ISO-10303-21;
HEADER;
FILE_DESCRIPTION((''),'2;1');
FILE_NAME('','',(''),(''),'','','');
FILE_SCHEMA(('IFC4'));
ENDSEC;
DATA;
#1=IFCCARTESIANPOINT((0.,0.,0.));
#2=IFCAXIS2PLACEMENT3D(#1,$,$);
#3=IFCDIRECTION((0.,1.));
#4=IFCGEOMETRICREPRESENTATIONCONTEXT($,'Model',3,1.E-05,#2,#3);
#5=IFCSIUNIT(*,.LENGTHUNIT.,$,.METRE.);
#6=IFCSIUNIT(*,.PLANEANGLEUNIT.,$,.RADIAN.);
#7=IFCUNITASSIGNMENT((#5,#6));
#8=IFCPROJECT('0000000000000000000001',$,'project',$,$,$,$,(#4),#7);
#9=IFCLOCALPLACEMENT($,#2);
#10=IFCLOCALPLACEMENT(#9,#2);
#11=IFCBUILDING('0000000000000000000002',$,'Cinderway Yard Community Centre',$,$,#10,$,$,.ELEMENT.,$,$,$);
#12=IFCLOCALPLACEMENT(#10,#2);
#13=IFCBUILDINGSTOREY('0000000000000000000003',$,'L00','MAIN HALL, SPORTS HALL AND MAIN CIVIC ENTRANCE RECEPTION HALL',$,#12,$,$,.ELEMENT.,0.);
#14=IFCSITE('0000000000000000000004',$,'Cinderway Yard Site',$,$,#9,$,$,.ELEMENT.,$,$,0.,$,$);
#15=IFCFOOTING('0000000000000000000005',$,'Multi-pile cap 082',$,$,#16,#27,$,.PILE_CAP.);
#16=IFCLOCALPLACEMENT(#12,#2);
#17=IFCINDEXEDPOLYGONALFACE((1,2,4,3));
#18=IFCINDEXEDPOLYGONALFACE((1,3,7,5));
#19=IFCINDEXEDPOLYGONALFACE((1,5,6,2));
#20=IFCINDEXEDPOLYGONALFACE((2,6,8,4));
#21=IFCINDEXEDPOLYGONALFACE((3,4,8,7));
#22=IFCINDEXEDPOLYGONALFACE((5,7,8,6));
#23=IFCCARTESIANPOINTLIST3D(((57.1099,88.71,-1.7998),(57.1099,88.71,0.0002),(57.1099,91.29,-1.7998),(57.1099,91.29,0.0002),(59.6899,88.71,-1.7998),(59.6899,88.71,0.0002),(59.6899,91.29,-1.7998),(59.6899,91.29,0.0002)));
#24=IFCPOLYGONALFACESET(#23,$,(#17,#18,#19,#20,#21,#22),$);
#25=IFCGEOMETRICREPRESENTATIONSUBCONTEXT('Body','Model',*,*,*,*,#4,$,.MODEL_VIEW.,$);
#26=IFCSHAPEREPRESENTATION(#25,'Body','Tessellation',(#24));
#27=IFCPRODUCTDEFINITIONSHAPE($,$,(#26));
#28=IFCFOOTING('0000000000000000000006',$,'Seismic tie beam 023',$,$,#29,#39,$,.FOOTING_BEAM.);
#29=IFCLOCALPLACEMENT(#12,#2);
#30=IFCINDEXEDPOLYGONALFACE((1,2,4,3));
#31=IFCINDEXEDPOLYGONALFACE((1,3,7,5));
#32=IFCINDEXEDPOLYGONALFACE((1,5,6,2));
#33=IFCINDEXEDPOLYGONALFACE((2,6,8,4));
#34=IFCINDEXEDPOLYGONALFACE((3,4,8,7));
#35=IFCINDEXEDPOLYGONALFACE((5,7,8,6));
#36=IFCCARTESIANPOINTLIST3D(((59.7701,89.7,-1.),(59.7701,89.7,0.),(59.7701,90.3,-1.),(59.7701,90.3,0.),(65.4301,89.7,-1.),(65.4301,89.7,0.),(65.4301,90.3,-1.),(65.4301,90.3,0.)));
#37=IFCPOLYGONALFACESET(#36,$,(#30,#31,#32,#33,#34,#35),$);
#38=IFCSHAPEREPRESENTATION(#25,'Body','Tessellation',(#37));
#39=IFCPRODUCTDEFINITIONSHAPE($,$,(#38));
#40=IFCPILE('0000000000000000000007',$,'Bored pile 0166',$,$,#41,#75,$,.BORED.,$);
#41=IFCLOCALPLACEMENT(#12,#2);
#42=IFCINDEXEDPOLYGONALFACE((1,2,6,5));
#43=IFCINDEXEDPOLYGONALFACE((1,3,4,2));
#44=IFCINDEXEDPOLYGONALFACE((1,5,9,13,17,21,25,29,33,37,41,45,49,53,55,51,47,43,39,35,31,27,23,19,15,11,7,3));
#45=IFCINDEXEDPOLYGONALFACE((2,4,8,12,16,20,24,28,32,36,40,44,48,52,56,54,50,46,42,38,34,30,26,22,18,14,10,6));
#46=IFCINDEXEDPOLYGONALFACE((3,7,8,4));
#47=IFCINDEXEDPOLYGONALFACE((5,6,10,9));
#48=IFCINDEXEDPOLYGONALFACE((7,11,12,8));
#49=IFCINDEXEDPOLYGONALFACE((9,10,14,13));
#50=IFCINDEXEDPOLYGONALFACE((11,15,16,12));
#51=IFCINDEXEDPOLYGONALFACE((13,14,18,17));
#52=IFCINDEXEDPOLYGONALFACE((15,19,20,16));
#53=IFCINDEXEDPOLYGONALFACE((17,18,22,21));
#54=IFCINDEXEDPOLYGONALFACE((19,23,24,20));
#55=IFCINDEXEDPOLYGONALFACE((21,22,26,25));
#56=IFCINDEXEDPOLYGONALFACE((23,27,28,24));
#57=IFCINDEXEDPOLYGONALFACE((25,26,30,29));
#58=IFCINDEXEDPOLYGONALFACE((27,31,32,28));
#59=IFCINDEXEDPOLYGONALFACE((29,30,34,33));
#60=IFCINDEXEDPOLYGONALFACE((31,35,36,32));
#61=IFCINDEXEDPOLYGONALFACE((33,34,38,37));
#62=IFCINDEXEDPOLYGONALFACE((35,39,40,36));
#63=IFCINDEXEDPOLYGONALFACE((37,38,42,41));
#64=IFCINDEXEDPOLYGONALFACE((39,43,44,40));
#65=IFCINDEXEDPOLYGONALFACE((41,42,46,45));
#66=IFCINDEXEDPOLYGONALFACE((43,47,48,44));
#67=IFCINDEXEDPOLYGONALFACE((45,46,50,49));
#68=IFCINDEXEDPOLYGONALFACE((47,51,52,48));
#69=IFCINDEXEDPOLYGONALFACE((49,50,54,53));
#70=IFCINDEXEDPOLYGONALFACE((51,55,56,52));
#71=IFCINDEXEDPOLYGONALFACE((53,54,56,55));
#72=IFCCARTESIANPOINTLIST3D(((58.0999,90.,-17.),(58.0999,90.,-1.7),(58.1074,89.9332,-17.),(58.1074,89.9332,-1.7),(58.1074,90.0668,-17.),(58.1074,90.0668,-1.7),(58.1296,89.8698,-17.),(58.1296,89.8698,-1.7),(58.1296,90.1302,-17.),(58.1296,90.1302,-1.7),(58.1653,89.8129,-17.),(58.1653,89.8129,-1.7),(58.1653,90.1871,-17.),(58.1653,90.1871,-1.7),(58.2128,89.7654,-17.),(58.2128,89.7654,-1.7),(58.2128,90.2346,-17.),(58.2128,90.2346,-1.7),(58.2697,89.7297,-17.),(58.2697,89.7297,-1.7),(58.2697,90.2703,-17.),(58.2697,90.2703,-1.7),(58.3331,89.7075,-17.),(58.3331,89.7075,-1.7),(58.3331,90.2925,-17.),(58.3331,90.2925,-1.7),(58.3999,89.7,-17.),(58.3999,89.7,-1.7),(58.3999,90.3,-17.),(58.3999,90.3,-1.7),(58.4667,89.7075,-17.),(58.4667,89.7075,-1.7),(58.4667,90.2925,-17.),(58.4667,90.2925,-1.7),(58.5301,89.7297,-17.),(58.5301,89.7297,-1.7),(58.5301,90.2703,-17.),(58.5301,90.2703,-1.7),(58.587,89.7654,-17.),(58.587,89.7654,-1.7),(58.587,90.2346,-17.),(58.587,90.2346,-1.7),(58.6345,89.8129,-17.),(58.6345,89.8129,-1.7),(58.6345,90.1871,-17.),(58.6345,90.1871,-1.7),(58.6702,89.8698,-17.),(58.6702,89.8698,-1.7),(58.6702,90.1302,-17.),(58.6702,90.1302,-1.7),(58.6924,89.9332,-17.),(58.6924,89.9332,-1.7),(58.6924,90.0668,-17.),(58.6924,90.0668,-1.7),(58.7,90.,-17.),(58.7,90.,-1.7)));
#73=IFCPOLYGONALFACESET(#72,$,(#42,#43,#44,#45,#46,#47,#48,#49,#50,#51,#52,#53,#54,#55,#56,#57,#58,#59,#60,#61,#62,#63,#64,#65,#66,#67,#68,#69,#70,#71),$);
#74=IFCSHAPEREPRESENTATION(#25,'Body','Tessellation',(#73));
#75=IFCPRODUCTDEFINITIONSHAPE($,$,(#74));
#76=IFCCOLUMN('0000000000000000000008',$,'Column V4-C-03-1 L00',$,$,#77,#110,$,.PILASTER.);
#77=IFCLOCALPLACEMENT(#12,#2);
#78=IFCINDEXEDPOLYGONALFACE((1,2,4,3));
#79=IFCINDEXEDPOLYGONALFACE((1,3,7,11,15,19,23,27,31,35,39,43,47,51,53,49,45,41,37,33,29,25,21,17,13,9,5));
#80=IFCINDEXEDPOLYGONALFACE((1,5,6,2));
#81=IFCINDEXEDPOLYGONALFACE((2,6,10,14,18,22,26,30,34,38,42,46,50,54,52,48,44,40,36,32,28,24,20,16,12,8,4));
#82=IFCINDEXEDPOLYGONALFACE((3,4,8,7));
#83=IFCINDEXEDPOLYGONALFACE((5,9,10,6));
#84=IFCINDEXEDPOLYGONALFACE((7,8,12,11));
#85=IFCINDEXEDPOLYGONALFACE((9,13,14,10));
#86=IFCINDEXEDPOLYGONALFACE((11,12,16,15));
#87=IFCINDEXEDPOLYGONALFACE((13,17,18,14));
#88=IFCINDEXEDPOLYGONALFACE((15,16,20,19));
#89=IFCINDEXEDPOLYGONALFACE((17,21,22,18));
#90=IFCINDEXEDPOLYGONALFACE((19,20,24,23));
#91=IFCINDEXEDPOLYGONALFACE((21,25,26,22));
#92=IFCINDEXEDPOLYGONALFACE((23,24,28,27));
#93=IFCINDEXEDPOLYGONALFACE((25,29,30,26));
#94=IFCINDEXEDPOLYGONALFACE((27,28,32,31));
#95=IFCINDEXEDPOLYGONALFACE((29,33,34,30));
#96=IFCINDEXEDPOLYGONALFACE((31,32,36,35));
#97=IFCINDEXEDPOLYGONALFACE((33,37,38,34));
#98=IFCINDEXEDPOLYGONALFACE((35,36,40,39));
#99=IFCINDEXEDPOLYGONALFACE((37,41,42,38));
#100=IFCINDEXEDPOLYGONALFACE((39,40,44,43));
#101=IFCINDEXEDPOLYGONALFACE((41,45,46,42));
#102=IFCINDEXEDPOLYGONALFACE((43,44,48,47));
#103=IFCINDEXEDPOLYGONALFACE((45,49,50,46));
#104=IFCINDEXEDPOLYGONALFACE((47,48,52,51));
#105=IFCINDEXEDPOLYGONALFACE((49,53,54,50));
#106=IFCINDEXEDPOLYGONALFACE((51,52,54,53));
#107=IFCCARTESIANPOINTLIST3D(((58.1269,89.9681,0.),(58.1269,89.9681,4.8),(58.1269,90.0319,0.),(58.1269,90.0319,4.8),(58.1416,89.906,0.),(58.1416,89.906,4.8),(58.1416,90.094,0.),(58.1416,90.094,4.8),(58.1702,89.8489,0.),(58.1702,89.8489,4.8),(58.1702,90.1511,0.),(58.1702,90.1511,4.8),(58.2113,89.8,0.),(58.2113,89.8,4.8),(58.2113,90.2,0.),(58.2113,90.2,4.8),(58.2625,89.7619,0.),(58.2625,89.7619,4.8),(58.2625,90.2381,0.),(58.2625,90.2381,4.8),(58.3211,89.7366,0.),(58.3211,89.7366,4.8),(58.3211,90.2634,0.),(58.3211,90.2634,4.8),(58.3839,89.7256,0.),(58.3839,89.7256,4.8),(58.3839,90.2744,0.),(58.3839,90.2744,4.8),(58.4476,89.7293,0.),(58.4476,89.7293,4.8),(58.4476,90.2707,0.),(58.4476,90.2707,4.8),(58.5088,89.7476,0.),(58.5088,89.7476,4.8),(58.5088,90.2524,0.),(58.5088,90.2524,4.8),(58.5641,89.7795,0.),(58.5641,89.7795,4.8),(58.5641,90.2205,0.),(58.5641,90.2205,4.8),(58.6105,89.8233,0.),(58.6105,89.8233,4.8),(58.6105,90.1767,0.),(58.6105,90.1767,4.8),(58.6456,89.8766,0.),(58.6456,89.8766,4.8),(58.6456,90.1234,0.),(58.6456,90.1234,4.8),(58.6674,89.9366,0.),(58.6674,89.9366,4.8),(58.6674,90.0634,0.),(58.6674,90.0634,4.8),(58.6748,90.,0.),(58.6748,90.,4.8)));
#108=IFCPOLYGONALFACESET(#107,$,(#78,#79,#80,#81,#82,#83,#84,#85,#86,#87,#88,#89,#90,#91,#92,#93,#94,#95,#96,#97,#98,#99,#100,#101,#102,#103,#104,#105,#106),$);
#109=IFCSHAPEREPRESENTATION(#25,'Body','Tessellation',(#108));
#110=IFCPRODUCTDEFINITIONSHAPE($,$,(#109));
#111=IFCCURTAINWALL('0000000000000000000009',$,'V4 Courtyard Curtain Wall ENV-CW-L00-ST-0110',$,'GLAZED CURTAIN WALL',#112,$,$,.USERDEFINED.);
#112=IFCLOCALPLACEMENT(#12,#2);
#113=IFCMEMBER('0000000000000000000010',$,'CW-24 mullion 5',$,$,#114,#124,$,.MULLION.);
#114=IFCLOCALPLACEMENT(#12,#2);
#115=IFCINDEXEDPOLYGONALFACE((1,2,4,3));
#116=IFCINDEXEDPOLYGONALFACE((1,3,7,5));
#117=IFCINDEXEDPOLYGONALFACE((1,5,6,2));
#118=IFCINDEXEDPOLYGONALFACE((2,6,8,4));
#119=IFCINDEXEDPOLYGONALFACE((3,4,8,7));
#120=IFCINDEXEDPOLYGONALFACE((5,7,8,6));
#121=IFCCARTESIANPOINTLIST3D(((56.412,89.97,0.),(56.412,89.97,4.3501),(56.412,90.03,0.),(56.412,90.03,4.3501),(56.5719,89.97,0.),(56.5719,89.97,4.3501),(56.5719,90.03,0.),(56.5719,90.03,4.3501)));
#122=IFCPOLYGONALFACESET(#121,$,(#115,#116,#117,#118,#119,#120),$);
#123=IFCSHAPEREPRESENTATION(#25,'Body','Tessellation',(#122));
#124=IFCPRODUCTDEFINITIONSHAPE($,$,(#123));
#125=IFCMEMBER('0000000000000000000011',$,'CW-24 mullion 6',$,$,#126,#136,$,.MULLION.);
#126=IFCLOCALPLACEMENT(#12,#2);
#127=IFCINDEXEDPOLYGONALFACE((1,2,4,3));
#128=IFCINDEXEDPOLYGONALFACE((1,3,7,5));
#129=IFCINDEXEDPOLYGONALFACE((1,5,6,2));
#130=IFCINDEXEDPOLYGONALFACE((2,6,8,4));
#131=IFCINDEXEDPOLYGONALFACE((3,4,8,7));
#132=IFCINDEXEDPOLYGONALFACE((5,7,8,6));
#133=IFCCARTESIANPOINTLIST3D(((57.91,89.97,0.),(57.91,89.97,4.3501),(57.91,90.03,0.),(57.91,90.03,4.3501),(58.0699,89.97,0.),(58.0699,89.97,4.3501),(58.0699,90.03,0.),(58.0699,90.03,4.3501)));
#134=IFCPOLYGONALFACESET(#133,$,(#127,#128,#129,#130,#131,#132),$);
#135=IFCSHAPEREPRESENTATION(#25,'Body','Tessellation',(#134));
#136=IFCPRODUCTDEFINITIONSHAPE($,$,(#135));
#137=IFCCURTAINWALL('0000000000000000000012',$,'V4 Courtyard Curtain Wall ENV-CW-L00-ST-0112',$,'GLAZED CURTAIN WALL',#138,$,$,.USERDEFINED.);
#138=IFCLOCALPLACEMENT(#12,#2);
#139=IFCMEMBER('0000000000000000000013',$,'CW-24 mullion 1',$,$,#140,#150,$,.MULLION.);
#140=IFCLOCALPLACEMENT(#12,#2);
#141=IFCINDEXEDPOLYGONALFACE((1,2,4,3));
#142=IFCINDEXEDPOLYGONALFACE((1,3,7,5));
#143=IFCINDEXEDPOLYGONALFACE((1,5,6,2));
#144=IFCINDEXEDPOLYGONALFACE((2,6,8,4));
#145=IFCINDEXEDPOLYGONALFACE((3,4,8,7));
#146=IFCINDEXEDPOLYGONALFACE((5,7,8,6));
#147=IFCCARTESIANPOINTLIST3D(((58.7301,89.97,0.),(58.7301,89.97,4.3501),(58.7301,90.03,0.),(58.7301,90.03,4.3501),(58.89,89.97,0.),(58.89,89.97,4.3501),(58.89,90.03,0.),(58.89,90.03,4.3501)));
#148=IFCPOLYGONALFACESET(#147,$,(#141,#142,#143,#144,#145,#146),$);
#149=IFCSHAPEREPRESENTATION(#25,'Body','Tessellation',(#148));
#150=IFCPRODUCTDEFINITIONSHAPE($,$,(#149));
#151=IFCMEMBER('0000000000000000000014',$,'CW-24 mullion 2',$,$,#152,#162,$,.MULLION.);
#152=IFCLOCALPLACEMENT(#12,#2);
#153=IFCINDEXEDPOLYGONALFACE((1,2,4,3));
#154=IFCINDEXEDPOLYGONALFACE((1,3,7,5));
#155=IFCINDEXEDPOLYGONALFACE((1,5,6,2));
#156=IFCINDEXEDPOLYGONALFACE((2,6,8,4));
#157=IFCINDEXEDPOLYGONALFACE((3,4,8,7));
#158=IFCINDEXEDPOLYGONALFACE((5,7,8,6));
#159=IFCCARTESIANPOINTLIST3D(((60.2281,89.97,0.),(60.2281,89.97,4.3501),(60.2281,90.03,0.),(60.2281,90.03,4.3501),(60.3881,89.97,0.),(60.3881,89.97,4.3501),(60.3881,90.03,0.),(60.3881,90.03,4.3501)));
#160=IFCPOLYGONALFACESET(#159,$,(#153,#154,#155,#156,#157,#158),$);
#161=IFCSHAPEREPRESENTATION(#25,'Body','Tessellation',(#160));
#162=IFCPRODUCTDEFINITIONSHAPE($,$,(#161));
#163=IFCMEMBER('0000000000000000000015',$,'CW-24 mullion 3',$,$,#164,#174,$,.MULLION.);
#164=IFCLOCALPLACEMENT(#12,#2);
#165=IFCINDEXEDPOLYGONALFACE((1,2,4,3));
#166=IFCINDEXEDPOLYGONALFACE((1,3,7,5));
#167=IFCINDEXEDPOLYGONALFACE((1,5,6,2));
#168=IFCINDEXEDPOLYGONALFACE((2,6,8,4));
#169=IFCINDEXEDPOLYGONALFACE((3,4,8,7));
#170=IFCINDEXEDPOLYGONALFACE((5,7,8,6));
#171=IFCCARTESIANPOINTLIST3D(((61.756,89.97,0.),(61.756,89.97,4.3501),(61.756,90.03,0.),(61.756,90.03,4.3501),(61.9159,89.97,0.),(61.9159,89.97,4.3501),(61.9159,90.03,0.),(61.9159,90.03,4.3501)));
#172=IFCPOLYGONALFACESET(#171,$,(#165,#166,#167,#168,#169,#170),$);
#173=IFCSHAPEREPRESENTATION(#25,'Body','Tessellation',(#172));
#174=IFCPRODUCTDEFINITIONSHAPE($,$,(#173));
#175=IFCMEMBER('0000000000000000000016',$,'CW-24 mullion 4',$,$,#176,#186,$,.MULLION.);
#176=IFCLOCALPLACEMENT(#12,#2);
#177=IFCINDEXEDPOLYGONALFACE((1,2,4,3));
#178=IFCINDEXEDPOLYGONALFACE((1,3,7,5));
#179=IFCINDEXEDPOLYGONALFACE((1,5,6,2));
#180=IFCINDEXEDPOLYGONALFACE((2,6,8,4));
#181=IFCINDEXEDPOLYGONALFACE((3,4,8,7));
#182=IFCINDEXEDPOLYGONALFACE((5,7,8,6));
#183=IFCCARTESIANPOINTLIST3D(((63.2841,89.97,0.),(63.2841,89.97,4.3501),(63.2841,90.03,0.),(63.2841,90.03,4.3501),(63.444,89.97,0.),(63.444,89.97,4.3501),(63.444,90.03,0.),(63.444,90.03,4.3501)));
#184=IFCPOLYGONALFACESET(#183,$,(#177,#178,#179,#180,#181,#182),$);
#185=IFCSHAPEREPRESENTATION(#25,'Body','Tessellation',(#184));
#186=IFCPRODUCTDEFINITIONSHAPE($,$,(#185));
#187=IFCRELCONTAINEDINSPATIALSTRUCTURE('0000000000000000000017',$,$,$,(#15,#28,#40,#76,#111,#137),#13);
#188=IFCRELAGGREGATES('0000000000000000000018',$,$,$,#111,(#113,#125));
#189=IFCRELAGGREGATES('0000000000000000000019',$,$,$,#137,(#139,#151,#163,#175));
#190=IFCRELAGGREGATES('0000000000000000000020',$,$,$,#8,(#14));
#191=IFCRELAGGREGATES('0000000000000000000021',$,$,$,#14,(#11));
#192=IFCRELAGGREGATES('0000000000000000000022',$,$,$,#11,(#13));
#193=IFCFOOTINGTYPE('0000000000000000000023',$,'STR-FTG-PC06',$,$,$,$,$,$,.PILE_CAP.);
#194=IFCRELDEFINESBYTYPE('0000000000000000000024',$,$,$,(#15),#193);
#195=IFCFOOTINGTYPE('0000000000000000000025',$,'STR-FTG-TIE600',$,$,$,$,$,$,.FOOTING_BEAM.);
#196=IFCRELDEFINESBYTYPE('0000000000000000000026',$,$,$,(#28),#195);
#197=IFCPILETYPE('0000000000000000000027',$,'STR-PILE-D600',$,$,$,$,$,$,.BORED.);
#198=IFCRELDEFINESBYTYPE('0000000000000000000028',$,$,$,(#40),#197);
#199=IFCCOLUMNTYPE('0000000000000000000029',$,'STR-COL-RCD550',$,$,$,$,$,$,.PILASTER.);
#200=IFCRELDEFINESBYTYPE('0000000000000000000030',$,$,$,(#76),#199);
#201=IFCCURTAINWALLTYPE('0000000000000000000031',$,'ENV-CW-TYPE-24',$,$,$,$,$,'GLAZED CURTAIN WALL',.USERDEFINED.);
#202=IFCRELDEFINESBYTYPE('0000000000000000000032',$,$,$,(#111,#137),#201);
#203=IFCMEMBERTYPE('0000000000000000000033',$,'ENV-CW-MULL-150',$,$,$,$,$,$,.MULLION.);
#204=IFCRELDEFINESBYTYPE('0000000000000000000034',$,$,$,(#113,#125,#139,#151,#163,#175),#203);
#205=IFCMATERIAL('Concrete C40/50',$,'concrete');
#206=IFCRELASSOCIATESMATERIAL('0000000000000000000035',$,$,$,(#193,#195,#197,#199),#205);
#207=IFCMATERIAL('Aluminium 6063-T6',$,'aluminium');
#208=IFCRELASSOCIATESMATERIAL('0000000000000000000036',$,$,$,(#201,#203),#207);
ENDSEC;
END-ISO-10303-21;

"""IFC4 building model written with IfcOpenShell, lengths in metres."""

from ifc_helpers import new_model, si_unit, direction, frame, origin, origin_2d, place, context, subcontext, project, spatial, rectangle, circle, extrude, material, material_profile, profile_set, type_object, element, aggregate, save


model = new_model("IFC4")

# Units and contexts
model_context = context("Model", 3, precision=1e-05, world=origin(), true_north=direction((0.0, 1.0)))
body_context = subcontext(model_context, "Body", "Model", "MODEL_VIEW")
ifc_project = project(units=[si_unit("LENGTHUNIT", "METRE"), si_unit("PLANEANGLEUNIT", "RADIAN")], contexts=[model_context])

# Site, building, storey
site_placement = place(None, origin())
site = spatial("IfcSite", under=ifc_project, at=site_placement, Name="Cinderway Yard Site", CompositionType="ELEMENT", RefElevation=0.0)
building_placement = place(site_placement, origin())
building = spatial("IfcBuilding", under=site, at=building_placement, Name="Cinderway Yard Community Centre", CompositionType="ELEMENT")
storey_placement = place(building_placement, origin())
storey = spatial("IfcBuildingStorey", under=building, at=storey_placement, Name="L00", Description="MAIN HALL, SPORTS HALL AND MAIN CIVIC ENTRANCE RECEPTION HALL", CompositionType="ELEMENT", Elevation=0.0)

# Footings
ifc_material_1 = material(Name="Concrete C40/50", Category="concrete")
footing_type_1 = type_object("IfcFootingType", Name="STR-FTG-PC06", PredefinedType="PILE_CAP", material=ifc_material_1)
footing_1_placement = place(storey_placement, frame((58.3999, 90.0, -1.7998), z_axis=(0.0, 0.0, 1.0), x_axis=(1.0, 0.0, 0.0)))
element("IfcFooting", 1, at=footing_1_placement, inside=storey, type_object=footing_type_1, Name="Multi-pile cap 082", PredefinedType="PILE_CAP", context=body_context, shape_type="SweptSolid", body=[
    extrude(rectangle(XDim=2.5801, YDim=2.5801, at=origin_2d()), origin(), (0.0, 0.0, 1.0), 1.8),
])
footing_type_2 = type_object("IfcFootingType", Name="STR-FTG-TIE600", PredefinedType="FOOTING_BEAM", material=ifc_material_1)
footing_2_placement = place(storey_placement, frame((62.6001, 90.0, -1.0), z_axis=(0.0, 0.0, 1.0), x_axis=(1.0, 0.0, 0.0)))
element("IfcFooting", 2, at=footing_2_placement, inside=storey, type_object=footing_type_2, Name="Seismic tie beam 023", PredefinedType="FOOTING_BEAM", context=body_context, shape_type="SweptSolid", body=[
    extrude(rectangle(XDim=5.6599, YDim=0.6001, at=origin_2d()), origin(), (0.0, 0.0, 1.0), 1.0),
])

# Pile
ifc_material_profile_1 = material_profile(ifc_material_1, circle(Radius=0.3, at=origin_2d()), Name="Concrete C40/50")
ifc_profile_set_1 = profile_set([ifc_material_profile_1], Name="Concrete C40/50")
pile_type = type_object("IfcPileType", Name="STR-PILE-D600", PredefinedType="BORED", material=ifc_profile_set_1)
pile_placement = place(storey_placement, frame((58.3999, 90.0, -1.7), z_axis=(0.0, 0.0, -1.0), x_axis=(1.0, 0.0, 0.0)))
element("IfcPile", 3, at=pile_placement, inside=storey, type_object=pile_type, Name="Bored pile 0166", PredefinedType="BORED", context=body_context, shape_type="SweptSolid", body=[
    extrude(circle(Radius=0.3, at=origin_2d()), origin(), (0.0, 0.0, 1.0), 15.3),
])

# Column
ifc_material_profile_2 = material_profile(ifc_material_1, circle(Radius=0.2749, at=origin_2d()), Name="Concrete C40/50")
ifc_profile_set_2 = profile_set([ifc_material_profile_2], Name="Concrete C40/50")
column_type = type_object("IfcColumnType", Name="STR-COL-RCD550", PredefinedType="PILASTER", material=ifc_profile_set_2)
column_placement = place(storey_placement, frame((58.3999, 90.0, 0.0), z_axis=(0.0, 0.0, 1.0), x_axis=(1.0, 0.0, 0.0)))
element("IfcColumn", 4, at=column_placement, inside=storey, type_object=column_type, Name="Column V4-C-03-1 L00", PredefinedType="PILASTER", context=body_context, shape_type="SweptSolid", body=[
    extrude(circle(Radius=0.2749, at=origin_2d()), origin(), (0.0, 0.0, 1.0), 4.8),
])

# Curtain walls, members
ifc_material_2 = material(Name="Aluminium 6063-T6", Category="aluminium")
curtain_wall_type = type_object("IfcCurtainWallType", Name="ENV-CW-TYPE-24", ElementType="GLAZED CURTAIN WALL", PredefinedType="USERDEFINED", material=ifc_material_2)
curtain_wall_1_placement = place(storey_placement, origin())
curtain_wall_1 = element("IfcCurtainWall", 5, at=curtain_wall_1_placement, inside=storey, type_object=curtain_wall_type, Name="V4 Courtyard Curtain Wall ENV-CW-L00-ST-0110", ObjectType="GLAZED CURTAIN WALL", PredefinedType="USERDEFINED")
ifc_material_profile_3 = material_profile(ifc_material_2, rectangle(XDim=0.0601, YDim=0.1599, at=origin_2d()), Name="Aluminium 6063-T6")
ifc_profile_set_3 = profile_set([ifc_material_profile_3], Name="Aluminium 6063-T6")
member_type_1 = type_object("IfcMemberType", Name="ENV-CW-MULL-150", PredefinedType="MULLION", material=ifc_profile_set_3)
member_1_placement = place(storey_placement, frame((56.4919, 90.0, 0.0), z_axis=(0.0, 0.0, 1.0), x_axis=(0.0, 1.0, 0.0)))
member_1 = element("IfcMember", 6, at=member_1_placement, type_object=member_type_1, Name="CW-24 mullion 5", PredefinedType="MULLION", context=body_context, shape_type="SweptSolid", body=[
    extrude(rectangle(XDim=0.0601, YDim=0.1599, at=origin_2d()), origin(), (0.0, 0.0, 1.0), 4.3501),
])
member_2_placement = place(storey_placement, frame((57.99, 90.0, 0.0), z_axis=(0.0, 0.0, 1.0), x_axis=(0.0, 1.0, 0.0)))
member_2 = element("IfcMember", 7, at=member_2_placement, type_object=member_type_1, Name="CW-24 mullion 6", PredefinedType="MULLION", context=body_context, shape_type="SweptSolid", body=[
    extrude(rectangle(XDim=0.0601, YDim=0.1599, at=origin_2d()), origin(), (0.0, 0.0, 1.0), 4.3501),
])
curtain_wall_2_placement = place(storey_placement, origin())
curtain_wall_2 = element("IfcCurtainWall", 8, at=curtain_wall_2_placement, inside=storey, type_object=curtain_wall_type, Name="V4 Courtyard Curtain Wall ENV-CW-L00-ST-0112", ObjectType="GLAZED CURTAIN WALL", PredefinedType="USERDEFINED")
member_3_placement = place(storey_placement, frame((58.8101, 90.0, 0.0), z_axis=(0.0, 0.0, 1.0), x_axis=(0.0, 1.0, 0.0)))
member_3 = element("IfcMember", 9, at=member_3_placement, type_object=member_type_1, Name="CW-24 mullion 1", PredefinedType="MULLION", context=body_context, shape_type="SweptSolid", body=[
    extrude(rectangle(XDim=0.0601, YDim=0.1599, at=origin_2d()), origin(), (0.0, 0.0, 1.0), 4.3501),
])
member_4_placement = place(storey_placement, frame((60.3081, 90.0, 0.0), z_axis=(0.0, 0.0, 1.0), x_axis=(0.0, 1.0, 0.0)))
member_4 = element("IfcMember", 10, at=member_4_placement, type_object=member_type_1, Name="CW-24 mullion 2", PredefinedType="MULLION", context=body_context, shape_type="SweptSolid", body=[
    extrude(rectangle(XDim=0.0601, YDim=0.1599, at=origin_2d()), origin(), (0.0, 0.0, 1.0), 4.3501),
])
member_5_placement = place(storey_placement, frame((61.8359, 90.0, 0.0), z_axis=(0.0, 0.0, 1.0), x_axis=(0.0, 1.0, 0.0)))
member_5 = element("IfcMember", 11, at=member_5_placement, type_object=member_type_1, Name="CW-24 mullion 3", PredefinedType="MULLION", context=body_context, shape_type="SweptSolid", body=[
    extrude(rectangle(XDim=0.0601, YDim=0.1599, at=origin_2d()), origin(), (0.0, 0.0, 1.0), 4.3501),
])
member_6_placement = place(storey_placement, frame((63.364, 90.0, 0.0), z_axis=(0.0, 0.0, 1.0), x_axis=(0.0, 1.0, 0.0)))
member_6 = element("IfcMember", 12, at=member_6_placement, type_object=member_type_1, Name="CW-24 mullion 4", PredefinedType="MULLION", context=body_context, shape_type="SweptSolid", body=[
    extrude(rectangle(XDim=0.0601, YDim=0.1599, at=origin_2d()), origin(), (0.0, 0.0, 1.0), 4.3501),
])

aggregate(curtain_wall_1, [member_1, member_2])
aggregate(curtain_wall_2, [member_3, member_4, member_5, member_6])

save(model, "model.ifc")
